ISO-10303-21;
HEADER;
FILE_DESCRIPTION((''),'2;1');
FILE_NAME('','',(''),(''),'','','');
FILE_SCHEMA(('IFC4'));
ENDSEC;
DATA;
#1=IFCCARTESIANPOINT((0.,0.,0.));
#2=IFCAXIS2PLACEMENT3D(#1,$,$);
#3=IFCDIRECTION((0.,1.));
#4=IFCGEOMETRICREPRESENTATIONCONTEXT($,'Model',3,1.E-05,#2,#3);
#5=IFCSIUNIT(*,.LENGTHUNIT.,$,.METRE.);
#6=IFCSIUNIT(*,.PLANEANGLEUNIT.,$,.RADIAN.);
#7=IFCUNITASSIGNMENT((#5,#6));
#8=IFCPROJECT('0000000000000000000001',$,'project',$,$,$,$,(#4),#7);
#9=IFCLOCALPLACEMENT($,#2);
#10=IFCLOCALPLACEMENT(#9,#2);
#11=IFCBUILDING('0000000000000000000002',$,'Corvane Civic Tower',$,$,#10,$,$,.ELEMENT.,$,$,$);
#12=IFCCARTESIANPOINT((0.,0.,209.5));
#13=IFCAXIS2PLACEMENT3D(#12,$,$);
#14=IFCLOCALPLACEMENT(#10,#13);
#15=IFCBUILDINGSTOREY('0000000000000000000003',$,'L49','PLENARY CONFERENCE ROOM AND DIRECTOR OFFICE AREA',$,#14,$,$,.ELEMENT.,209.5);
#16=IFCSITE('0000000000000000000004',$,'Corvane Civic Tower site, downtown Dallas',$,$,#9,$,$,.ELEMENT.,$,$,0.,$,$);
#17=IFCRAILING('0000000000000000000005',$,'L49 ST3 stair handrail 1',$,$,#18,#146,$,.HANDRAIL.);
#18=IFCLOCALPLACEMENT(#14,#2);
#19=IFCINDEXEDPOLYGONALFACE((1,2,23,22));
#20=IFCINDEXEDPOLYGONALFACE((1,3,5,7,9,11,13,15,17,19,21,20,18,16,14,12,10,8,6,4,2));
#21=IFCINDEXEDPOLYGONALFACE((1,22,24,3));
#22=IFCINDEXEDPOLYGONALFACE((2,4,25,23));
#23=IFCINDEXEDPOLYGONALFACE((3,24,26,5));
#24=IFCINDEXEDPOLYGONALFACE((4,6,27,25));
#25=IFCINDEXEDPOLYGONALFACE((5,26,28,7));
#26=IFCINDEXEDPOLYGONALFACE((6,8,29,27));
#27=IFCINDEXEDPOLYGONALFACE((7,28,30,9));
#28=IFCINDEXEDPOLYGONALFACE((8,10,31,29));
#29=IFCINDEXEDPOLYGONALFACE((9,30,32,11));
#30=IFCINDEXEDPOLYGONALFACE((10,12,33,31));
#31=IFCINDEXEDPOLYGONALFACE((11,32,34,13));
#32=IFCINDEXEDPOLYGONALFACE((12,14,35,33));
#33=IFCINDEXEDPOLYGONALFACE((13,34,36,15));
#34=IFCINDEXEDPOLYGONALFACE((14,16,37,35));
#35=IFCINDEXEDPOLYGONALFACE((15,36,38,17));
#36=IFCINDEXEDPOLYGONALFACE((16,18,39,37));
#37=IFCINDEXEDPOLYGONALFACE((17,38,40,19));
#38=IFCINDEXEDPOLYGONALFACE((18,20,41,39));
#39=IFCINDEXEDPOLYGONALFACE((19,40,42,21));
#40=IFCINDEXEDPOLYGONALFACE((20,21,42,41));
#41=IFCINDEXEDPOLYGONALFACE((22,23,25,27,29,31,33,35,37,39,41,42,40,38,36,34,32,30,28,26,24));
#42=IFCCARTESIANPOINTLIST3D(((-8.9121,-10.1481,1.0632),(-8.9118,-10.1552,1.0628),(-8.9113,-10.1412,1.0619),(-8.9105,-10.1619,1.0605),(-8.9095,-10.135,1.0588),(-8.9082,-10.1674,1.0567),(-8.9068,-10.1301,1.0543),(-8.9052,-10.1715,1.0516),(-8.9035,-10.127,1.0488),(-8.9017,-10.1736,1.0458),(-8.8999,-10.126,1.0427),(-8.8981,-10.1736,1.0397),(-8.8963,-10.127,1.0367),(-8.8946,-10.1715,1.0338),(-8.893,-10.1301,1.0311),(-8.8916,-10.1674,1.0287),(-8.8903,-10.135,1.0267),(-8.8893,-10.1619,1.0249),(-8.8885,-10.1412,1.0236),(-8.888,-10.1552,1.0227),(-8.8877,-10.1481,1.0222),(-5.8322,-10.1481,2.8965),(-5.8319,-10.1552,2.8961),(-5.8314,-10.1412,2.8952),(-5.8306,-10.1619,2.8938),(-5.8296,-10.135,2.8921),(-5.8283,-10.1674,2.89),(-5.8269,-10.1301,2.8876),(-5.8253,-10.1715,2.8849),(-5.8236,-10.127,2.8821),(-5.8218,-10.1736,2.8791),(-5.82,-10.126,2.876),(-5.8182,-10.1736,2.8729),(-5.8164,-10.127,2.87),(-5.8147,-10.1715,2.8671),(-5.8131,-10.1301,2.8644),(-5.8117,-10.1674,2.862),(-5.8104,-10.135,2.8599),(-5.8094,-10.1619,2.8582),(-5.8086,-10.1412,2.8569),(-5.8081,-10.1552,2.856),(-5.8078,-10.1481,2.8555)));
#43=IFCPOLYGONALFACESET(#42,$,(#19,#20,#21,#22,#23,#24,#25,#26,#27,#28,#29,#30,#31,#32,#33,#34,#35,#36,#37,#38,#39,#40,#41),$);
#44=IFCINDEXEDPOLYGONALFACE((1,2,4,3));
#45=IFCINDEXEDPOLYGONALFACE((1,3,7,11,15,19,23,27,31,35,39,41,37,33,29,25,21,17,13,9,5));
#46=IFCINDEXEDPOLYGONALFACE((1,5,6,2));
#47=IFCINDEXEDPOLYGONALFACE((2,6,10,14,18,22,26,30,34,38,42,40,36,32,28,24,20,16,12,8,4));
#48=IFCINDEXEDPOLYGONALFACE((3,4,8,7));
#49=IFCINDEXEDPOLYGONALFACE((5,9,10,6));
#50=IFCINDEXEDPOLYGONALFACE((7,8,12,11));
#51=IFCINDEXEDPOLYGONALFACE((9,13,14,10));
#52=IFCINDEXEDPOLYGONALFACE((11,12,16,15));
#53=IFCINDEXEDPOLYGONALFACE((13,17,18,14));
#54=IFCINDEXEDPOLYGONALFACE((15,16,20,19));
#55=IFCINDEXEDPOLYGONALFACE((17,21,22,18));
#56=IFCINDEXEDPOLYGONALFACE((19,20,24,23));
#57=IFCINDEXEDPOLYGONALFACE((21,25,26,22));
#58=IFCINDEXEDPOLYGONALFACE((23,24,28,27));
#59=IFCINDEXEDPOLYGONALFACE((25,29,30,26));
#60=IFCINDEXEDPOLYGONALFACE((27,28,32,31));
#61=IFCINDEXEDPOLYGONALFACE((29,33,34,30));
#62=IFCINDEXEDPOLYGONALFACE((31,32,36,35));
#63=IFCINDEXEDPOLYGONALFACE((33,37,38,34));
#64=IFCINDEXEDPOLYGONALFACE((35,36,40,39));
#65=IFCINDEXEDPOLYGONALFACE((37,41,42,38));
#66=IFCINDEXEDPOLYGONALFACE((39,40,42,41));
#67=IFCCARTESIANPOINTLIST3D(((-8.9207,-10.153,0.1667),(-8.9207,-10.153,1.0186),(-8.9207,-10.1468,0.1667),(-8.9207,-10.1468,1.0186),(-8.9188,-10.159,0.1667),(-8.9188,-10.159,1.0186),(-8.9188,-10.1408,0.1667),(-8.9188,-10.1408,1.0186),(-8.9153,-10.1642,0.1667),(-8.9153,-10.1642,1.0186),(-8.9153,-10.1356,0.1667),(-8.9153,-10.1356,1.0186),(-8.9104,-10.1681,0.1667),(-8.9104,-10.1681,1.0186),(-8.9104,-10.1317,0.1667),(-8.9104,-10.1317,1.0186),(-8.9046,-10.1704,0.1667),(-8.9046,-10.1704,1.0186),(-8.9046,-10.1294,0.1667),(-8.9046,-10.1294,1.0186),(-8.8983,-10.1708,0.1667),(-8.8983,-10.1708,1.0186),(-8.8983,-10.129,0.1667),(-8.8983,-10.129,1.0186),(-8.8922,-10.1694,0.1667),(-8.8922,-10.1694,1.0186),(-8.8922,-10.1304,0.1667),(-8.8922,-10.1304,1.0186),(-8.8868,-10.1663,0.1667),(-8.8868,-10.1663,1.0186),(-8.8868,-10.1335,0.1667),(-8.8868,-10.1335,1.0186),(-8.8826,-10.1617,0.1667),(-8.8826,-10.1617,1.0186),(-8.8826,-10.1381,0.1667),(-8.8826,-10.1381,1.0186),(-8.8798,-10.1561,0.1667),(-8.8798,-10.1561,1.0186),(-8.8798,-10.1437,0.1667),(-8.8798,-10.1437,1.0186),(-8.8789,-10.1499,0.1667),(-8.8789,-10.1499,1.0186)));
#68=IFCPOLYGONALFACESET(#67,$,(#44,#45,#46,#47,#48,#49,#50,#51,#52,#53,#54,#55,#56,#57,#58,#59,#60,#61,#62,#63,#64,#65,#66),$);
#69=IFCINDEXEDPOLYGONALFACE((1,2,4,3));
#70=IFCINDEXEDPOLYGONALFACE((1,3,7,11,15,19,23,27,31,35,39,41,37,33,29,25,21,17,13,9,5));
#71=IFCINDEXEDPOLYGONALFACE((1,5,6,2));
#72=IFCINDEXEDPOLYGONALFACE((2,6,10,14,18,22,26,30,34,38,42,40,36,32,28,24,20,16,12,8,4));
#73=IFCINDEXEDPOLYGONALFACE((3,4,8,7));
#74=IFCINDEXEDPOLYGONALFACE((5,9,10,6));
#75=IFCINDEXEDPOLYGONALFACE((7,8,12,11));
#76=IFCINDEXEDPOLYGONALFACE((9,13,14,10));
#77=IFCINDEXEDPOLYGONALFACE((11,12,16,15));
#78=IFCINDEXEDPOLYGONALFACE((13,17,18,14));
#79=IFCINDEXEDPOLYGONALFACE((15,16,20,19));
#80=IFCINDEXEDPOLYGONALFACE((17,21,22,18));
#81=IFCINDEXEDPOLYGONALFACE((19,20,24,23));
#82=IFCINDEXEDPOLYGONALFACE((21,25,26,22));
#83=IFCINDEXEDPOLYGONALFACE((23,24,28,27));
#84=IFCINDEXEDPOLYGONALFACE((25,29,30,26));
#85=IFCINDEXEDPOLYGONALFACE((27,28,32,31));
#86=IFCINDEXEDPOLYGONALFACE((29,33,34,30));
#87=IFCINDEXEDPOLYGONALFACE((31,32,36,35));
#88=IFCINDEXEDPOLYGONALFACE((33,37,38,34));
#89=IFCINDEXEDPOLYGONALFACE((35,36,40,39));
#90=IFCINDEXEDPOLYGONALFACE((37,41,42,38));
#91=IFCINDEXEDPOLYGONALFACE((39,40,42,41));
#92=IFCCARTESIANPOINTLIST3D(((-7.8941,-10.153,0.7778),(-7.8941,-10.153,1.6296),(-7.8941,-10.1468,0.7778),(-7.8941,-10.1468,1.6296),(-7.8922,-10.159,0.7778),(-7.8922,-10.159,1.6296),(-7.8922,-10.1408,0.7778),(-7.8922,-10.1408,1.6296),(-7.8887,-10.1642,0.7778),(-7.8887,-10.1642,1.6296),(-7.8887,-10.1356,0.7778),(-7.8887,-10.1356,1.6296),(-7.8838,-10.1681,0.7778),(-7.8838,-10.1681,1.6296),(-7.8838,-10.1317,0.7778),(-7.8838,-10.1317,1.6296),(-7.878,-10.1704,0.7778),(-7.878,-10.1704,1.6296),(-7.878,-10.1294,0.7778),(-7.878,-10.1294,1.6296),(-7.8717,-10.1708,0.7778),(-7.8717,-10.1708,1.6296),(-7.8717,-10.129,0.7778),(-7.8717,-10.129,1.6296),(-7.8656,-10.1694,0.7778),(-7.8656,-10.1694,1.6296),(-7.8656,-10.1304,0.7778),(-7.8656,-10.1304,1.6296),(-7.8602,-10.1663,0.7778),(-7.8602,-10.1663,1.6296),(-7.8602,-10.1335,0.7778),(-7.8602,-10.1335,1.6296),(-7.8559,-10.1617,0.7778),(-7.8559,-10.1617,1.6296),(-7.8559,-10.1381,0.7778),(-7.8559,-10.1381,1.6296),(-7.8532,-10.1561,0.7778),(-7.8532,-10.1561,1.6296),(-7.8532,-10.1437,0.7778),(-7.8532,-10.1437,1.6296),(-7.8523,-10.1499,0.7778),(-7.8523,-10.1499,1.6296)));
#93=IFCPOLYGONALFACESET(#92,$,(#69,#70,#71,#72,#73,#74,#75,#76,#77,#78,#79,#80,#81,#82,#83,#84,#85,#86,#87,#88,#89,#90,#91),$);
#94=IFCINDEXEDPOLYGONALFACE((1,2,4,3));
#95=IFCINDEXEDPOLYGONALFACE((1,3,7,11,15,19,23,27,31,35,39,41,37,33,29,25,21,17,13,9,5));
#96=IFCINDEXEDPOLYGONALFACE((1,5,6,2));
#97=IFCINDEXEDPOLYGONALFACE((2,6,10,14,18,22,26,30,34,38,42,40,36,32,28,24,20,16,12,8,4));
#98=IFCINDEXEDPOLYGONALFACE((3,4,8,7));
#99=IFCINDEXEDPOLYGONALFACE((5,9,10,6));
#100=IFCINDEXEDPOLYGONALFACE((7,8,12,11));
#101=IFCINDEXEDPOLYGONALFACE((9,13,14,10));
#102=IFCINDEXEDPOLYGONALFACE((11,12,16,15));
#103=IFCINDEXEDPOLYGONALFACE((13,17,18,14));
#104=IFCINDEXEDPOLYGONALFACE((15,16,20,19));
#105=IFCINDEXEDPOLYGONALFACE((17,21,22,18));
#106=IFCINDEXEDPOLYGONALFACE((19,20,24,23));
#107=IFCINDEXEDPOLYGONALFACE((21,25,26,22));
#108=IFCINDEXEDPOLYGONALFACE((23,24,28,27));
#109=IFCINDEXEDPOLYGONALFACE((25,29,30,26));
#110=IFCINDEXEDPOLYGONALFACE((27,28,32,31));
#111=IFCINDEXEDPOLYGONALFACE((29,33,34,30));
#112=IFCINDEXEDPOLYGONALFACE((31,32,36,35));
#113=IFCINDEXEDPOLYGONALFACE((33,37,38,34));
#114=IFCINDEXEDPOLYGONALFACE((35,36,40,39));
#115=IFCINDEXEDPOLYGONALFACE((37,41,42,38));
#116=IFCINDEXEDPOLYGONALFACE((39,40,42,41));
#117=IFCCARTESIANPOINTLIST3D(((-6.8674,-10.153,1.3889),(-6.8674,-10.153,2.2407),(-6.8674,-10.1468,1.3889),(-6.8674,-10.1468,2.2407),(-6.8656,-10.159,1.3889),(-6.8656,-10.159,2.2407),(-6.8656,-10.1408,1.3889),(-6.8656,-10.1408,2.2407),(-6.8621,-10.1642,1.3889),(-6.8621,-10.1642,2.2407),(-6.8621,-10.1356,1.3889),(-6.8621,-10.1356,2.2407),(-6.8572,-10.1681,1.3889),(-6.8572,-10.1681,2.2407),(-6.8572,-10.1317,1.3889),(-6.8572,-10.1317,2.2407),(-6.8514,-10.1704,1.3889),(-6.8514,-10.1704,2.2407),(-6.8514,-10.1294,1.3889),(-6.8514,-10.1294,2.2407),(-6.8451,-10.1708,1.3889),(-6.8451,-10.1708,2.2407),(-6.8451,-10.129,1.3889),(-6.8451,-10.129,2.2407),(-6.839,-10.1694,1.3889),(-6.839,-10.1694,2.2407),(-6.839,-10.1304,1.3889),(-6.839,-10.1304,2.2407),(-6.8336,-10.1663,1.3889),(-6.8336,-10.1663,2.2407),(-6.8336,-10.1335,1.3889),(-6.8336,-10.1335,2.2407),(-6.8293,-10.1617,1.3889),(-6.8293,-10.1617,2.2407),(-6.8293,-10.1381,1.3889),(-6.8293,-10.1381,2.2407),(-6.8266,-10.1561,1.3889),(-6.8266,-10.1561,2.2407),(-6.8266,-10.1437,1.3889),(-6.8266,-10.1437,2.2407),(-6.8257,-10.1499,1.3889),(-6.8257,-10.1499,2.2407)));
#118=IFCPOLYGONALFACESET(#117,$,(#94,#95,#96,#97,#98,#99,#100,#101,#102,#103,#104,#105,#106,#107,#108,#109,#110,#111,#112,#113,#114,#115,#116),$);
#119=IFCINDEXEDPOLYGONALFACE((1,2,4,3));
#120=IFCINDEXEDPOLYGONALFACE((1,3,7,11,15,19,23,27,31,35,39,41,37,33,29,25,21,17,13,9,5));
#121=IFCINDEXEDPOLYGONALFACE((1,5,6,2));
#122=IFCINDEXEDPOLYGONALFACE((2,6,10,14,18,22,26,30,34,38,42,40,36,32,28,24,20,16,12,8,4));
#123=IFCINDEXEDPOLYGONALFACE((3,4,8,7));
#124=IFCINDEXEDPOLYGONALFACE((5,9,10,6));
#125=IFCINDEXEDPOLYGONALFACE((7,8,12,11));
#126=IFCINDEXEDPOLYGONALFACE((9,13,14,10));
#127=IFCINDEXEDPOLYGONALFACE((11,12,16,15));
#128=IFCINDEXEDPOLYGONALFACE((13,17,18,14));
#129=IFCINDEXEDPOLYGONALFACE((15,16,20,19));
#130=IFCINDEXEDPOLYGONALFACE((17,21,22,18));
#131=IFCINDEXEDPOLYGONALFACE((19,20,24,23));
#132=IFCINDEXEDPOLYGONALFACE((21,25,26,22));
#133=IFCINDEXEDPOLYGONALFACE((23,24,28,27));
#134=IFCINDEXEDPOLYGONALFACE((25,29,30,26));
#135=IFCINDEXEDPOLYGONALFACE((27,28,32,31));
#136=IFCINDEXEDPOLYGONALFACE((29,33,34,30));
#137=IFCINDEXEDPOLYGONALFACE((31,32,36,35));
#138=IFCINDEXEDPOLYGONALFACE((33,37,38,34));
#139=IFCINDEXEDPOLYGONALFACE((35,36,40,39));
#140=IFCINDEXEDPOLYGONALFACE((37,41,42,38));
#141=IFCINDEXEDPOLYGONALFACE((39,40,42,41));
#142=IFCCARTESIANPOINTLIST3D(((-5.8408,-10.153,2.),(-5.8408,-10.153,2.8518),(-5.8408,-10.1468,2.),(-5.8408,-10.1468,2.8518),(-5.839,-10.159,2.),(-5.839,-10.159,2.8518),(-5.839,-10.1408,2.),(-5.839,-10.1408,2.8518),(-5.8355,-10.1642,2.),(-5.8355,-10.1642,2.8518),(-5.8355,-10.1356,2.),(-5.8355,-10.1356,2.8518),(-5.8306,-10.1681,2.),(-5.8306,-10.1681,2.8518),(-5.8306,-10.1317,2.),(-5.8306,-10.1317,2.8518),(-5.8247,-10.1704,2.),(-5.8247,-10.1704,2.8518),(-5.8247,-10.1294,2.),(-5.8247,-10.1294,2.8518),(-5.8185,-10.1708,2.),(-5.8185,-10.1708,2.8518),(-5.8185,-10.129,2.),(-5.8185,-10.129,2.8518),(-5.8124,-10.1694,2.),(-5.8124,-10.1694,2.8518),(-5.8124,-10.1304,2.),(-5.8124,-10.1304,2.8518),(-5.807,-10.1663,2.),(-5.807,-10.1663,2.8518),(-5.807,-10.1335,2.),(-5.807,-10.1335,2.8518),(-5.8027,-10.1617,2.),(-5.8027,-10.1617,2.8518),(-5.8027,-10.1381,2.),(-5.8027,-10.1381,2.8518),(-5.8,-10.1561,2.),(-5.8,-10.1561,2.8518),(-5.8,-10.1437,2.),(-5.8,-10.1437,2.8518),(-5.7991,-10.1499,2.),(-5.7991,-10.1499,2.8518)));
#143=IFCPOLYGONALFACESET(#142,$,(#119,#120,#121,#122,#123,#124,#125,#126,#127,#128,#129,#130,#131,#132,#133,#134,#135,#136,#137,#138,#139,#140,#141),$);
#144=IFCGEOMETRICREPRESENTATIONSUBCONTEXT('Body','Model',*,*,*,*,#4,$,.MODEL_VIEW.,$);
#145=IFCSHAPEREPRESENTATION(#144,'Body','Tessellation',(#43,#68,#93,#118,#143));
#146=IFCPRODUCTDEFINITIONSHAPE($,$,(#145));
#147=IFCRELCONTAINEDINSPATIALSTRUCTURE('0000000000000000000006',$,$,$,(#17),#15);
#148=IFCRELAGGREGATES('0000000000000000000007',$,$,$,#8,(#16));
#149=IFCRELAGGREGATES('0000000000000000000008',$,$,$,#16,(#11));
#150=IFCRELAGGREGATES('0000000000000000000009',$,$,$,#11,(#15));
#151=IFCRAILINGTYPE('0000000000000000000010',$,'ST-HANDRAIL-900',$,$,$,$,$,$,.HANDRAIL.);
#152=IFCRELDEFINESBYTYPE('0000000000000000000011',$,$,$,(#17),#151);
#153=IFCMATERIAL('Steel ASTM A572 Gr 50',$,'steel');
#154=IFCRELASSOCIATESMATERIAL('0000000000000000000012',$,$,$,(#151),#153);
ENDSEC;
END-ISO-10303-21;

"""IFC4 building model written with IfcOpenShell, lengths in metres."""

from ifc_helpers import new_model, si_unit, direction, frame, origin, origin_2d, place, context, subcontext, project, spatial, circle, extrude, material, type_object, element, save


model = new_model("IFC4")

# Units and contexts
model_context = context("Model", 3, precision=1e-05, world=origin(), true_north=direction((0.0, 1.0)))
body_context = subcontext(model_context, "Body", "Model", "MODEL_VIEW")
ifc_project = project(units=[si_unit("LENGTHUNIT", "METRE"), si_unit("PLANEANGLEUNIT", "RADIAN")], contexts=[model_context])

# Site, building, storey
site_placement = place(None, origin())
site = spatial("IfcSite", under=ifc_project, at=site_placement, Name="Corvane Civic Tower site, downtown Dallas", CompositionType="ELEMENT", RefElevation=0.0)
building_placement = place(site_placement, origin())
building = spatial("IfcBuilding", under=site, at=building_placement, Name="Corvane Civic Tower", CompositionType="ELEMENT")
storey_placement = place(building_placement, frame((0.0, 0.0, 209.5)))
storey = spatial("IfcBuildingStorey", under=building, at=storey_placement, Name="L49", Description="PLENARY CONFERENCE ROOM AND DIRECTOR OFFICE AREA", CompositionType="ELEMENT", Elevation=209.5)

# Railing
ifc_material_1 = material(Name="Steel ASTM A572 Gr 50", Category="steel")
railing_type_1 = type_object("IfcRailingType", Name="ST-HANDRAIL-900", PredefinedType="HANDRAIL", material=ifc_material_1)
railing_1_placement = place(storey_placement, frame((-8.8999, -10.1499, 0.1667)))
element("IfcRailing", 1, at=railing_1_placement, inside=storey, type_object=railing_type_1, Name="L49 ST3 stair handrail 1", PredefinedType="HANDRAIL", context=body_context, shape_type="SweptSolid", body=[
    extrude(circle(Radius=0.0239, at=origin_2d()), frame((0.0, 0.0, 0.876), z_axis=(0.859291, 0.0, 0.511487), x_axis=(0.0, 1.0, 0.0)), (0.0, 0.0, 1.0), 3.5842),
    extrude(circle(Radius=0.021, at=origin_2d()), origin(), (0.0, 0.0, 1.0), 0.8518),
    extrude(circle(Radius=0.021, at=origin_2d()), frame((1.0266, 0.0, 0.6111)), (0.0, 0.0, 1.0), 0.8518),
    extrude(circle(Radius=0.021, at=origin_2d()), frame((2.0532, 0.0, 1.2222)), (0.0, 0.0, 1.0), 0.8518),
    extrude(circle(Radius=0.021, at=origin_2d()), frame((3.0798, 0.0, 1.8333)), (0.0, 0.0, 1.0), 0.8518),
])

save(model, "model.ifc")
